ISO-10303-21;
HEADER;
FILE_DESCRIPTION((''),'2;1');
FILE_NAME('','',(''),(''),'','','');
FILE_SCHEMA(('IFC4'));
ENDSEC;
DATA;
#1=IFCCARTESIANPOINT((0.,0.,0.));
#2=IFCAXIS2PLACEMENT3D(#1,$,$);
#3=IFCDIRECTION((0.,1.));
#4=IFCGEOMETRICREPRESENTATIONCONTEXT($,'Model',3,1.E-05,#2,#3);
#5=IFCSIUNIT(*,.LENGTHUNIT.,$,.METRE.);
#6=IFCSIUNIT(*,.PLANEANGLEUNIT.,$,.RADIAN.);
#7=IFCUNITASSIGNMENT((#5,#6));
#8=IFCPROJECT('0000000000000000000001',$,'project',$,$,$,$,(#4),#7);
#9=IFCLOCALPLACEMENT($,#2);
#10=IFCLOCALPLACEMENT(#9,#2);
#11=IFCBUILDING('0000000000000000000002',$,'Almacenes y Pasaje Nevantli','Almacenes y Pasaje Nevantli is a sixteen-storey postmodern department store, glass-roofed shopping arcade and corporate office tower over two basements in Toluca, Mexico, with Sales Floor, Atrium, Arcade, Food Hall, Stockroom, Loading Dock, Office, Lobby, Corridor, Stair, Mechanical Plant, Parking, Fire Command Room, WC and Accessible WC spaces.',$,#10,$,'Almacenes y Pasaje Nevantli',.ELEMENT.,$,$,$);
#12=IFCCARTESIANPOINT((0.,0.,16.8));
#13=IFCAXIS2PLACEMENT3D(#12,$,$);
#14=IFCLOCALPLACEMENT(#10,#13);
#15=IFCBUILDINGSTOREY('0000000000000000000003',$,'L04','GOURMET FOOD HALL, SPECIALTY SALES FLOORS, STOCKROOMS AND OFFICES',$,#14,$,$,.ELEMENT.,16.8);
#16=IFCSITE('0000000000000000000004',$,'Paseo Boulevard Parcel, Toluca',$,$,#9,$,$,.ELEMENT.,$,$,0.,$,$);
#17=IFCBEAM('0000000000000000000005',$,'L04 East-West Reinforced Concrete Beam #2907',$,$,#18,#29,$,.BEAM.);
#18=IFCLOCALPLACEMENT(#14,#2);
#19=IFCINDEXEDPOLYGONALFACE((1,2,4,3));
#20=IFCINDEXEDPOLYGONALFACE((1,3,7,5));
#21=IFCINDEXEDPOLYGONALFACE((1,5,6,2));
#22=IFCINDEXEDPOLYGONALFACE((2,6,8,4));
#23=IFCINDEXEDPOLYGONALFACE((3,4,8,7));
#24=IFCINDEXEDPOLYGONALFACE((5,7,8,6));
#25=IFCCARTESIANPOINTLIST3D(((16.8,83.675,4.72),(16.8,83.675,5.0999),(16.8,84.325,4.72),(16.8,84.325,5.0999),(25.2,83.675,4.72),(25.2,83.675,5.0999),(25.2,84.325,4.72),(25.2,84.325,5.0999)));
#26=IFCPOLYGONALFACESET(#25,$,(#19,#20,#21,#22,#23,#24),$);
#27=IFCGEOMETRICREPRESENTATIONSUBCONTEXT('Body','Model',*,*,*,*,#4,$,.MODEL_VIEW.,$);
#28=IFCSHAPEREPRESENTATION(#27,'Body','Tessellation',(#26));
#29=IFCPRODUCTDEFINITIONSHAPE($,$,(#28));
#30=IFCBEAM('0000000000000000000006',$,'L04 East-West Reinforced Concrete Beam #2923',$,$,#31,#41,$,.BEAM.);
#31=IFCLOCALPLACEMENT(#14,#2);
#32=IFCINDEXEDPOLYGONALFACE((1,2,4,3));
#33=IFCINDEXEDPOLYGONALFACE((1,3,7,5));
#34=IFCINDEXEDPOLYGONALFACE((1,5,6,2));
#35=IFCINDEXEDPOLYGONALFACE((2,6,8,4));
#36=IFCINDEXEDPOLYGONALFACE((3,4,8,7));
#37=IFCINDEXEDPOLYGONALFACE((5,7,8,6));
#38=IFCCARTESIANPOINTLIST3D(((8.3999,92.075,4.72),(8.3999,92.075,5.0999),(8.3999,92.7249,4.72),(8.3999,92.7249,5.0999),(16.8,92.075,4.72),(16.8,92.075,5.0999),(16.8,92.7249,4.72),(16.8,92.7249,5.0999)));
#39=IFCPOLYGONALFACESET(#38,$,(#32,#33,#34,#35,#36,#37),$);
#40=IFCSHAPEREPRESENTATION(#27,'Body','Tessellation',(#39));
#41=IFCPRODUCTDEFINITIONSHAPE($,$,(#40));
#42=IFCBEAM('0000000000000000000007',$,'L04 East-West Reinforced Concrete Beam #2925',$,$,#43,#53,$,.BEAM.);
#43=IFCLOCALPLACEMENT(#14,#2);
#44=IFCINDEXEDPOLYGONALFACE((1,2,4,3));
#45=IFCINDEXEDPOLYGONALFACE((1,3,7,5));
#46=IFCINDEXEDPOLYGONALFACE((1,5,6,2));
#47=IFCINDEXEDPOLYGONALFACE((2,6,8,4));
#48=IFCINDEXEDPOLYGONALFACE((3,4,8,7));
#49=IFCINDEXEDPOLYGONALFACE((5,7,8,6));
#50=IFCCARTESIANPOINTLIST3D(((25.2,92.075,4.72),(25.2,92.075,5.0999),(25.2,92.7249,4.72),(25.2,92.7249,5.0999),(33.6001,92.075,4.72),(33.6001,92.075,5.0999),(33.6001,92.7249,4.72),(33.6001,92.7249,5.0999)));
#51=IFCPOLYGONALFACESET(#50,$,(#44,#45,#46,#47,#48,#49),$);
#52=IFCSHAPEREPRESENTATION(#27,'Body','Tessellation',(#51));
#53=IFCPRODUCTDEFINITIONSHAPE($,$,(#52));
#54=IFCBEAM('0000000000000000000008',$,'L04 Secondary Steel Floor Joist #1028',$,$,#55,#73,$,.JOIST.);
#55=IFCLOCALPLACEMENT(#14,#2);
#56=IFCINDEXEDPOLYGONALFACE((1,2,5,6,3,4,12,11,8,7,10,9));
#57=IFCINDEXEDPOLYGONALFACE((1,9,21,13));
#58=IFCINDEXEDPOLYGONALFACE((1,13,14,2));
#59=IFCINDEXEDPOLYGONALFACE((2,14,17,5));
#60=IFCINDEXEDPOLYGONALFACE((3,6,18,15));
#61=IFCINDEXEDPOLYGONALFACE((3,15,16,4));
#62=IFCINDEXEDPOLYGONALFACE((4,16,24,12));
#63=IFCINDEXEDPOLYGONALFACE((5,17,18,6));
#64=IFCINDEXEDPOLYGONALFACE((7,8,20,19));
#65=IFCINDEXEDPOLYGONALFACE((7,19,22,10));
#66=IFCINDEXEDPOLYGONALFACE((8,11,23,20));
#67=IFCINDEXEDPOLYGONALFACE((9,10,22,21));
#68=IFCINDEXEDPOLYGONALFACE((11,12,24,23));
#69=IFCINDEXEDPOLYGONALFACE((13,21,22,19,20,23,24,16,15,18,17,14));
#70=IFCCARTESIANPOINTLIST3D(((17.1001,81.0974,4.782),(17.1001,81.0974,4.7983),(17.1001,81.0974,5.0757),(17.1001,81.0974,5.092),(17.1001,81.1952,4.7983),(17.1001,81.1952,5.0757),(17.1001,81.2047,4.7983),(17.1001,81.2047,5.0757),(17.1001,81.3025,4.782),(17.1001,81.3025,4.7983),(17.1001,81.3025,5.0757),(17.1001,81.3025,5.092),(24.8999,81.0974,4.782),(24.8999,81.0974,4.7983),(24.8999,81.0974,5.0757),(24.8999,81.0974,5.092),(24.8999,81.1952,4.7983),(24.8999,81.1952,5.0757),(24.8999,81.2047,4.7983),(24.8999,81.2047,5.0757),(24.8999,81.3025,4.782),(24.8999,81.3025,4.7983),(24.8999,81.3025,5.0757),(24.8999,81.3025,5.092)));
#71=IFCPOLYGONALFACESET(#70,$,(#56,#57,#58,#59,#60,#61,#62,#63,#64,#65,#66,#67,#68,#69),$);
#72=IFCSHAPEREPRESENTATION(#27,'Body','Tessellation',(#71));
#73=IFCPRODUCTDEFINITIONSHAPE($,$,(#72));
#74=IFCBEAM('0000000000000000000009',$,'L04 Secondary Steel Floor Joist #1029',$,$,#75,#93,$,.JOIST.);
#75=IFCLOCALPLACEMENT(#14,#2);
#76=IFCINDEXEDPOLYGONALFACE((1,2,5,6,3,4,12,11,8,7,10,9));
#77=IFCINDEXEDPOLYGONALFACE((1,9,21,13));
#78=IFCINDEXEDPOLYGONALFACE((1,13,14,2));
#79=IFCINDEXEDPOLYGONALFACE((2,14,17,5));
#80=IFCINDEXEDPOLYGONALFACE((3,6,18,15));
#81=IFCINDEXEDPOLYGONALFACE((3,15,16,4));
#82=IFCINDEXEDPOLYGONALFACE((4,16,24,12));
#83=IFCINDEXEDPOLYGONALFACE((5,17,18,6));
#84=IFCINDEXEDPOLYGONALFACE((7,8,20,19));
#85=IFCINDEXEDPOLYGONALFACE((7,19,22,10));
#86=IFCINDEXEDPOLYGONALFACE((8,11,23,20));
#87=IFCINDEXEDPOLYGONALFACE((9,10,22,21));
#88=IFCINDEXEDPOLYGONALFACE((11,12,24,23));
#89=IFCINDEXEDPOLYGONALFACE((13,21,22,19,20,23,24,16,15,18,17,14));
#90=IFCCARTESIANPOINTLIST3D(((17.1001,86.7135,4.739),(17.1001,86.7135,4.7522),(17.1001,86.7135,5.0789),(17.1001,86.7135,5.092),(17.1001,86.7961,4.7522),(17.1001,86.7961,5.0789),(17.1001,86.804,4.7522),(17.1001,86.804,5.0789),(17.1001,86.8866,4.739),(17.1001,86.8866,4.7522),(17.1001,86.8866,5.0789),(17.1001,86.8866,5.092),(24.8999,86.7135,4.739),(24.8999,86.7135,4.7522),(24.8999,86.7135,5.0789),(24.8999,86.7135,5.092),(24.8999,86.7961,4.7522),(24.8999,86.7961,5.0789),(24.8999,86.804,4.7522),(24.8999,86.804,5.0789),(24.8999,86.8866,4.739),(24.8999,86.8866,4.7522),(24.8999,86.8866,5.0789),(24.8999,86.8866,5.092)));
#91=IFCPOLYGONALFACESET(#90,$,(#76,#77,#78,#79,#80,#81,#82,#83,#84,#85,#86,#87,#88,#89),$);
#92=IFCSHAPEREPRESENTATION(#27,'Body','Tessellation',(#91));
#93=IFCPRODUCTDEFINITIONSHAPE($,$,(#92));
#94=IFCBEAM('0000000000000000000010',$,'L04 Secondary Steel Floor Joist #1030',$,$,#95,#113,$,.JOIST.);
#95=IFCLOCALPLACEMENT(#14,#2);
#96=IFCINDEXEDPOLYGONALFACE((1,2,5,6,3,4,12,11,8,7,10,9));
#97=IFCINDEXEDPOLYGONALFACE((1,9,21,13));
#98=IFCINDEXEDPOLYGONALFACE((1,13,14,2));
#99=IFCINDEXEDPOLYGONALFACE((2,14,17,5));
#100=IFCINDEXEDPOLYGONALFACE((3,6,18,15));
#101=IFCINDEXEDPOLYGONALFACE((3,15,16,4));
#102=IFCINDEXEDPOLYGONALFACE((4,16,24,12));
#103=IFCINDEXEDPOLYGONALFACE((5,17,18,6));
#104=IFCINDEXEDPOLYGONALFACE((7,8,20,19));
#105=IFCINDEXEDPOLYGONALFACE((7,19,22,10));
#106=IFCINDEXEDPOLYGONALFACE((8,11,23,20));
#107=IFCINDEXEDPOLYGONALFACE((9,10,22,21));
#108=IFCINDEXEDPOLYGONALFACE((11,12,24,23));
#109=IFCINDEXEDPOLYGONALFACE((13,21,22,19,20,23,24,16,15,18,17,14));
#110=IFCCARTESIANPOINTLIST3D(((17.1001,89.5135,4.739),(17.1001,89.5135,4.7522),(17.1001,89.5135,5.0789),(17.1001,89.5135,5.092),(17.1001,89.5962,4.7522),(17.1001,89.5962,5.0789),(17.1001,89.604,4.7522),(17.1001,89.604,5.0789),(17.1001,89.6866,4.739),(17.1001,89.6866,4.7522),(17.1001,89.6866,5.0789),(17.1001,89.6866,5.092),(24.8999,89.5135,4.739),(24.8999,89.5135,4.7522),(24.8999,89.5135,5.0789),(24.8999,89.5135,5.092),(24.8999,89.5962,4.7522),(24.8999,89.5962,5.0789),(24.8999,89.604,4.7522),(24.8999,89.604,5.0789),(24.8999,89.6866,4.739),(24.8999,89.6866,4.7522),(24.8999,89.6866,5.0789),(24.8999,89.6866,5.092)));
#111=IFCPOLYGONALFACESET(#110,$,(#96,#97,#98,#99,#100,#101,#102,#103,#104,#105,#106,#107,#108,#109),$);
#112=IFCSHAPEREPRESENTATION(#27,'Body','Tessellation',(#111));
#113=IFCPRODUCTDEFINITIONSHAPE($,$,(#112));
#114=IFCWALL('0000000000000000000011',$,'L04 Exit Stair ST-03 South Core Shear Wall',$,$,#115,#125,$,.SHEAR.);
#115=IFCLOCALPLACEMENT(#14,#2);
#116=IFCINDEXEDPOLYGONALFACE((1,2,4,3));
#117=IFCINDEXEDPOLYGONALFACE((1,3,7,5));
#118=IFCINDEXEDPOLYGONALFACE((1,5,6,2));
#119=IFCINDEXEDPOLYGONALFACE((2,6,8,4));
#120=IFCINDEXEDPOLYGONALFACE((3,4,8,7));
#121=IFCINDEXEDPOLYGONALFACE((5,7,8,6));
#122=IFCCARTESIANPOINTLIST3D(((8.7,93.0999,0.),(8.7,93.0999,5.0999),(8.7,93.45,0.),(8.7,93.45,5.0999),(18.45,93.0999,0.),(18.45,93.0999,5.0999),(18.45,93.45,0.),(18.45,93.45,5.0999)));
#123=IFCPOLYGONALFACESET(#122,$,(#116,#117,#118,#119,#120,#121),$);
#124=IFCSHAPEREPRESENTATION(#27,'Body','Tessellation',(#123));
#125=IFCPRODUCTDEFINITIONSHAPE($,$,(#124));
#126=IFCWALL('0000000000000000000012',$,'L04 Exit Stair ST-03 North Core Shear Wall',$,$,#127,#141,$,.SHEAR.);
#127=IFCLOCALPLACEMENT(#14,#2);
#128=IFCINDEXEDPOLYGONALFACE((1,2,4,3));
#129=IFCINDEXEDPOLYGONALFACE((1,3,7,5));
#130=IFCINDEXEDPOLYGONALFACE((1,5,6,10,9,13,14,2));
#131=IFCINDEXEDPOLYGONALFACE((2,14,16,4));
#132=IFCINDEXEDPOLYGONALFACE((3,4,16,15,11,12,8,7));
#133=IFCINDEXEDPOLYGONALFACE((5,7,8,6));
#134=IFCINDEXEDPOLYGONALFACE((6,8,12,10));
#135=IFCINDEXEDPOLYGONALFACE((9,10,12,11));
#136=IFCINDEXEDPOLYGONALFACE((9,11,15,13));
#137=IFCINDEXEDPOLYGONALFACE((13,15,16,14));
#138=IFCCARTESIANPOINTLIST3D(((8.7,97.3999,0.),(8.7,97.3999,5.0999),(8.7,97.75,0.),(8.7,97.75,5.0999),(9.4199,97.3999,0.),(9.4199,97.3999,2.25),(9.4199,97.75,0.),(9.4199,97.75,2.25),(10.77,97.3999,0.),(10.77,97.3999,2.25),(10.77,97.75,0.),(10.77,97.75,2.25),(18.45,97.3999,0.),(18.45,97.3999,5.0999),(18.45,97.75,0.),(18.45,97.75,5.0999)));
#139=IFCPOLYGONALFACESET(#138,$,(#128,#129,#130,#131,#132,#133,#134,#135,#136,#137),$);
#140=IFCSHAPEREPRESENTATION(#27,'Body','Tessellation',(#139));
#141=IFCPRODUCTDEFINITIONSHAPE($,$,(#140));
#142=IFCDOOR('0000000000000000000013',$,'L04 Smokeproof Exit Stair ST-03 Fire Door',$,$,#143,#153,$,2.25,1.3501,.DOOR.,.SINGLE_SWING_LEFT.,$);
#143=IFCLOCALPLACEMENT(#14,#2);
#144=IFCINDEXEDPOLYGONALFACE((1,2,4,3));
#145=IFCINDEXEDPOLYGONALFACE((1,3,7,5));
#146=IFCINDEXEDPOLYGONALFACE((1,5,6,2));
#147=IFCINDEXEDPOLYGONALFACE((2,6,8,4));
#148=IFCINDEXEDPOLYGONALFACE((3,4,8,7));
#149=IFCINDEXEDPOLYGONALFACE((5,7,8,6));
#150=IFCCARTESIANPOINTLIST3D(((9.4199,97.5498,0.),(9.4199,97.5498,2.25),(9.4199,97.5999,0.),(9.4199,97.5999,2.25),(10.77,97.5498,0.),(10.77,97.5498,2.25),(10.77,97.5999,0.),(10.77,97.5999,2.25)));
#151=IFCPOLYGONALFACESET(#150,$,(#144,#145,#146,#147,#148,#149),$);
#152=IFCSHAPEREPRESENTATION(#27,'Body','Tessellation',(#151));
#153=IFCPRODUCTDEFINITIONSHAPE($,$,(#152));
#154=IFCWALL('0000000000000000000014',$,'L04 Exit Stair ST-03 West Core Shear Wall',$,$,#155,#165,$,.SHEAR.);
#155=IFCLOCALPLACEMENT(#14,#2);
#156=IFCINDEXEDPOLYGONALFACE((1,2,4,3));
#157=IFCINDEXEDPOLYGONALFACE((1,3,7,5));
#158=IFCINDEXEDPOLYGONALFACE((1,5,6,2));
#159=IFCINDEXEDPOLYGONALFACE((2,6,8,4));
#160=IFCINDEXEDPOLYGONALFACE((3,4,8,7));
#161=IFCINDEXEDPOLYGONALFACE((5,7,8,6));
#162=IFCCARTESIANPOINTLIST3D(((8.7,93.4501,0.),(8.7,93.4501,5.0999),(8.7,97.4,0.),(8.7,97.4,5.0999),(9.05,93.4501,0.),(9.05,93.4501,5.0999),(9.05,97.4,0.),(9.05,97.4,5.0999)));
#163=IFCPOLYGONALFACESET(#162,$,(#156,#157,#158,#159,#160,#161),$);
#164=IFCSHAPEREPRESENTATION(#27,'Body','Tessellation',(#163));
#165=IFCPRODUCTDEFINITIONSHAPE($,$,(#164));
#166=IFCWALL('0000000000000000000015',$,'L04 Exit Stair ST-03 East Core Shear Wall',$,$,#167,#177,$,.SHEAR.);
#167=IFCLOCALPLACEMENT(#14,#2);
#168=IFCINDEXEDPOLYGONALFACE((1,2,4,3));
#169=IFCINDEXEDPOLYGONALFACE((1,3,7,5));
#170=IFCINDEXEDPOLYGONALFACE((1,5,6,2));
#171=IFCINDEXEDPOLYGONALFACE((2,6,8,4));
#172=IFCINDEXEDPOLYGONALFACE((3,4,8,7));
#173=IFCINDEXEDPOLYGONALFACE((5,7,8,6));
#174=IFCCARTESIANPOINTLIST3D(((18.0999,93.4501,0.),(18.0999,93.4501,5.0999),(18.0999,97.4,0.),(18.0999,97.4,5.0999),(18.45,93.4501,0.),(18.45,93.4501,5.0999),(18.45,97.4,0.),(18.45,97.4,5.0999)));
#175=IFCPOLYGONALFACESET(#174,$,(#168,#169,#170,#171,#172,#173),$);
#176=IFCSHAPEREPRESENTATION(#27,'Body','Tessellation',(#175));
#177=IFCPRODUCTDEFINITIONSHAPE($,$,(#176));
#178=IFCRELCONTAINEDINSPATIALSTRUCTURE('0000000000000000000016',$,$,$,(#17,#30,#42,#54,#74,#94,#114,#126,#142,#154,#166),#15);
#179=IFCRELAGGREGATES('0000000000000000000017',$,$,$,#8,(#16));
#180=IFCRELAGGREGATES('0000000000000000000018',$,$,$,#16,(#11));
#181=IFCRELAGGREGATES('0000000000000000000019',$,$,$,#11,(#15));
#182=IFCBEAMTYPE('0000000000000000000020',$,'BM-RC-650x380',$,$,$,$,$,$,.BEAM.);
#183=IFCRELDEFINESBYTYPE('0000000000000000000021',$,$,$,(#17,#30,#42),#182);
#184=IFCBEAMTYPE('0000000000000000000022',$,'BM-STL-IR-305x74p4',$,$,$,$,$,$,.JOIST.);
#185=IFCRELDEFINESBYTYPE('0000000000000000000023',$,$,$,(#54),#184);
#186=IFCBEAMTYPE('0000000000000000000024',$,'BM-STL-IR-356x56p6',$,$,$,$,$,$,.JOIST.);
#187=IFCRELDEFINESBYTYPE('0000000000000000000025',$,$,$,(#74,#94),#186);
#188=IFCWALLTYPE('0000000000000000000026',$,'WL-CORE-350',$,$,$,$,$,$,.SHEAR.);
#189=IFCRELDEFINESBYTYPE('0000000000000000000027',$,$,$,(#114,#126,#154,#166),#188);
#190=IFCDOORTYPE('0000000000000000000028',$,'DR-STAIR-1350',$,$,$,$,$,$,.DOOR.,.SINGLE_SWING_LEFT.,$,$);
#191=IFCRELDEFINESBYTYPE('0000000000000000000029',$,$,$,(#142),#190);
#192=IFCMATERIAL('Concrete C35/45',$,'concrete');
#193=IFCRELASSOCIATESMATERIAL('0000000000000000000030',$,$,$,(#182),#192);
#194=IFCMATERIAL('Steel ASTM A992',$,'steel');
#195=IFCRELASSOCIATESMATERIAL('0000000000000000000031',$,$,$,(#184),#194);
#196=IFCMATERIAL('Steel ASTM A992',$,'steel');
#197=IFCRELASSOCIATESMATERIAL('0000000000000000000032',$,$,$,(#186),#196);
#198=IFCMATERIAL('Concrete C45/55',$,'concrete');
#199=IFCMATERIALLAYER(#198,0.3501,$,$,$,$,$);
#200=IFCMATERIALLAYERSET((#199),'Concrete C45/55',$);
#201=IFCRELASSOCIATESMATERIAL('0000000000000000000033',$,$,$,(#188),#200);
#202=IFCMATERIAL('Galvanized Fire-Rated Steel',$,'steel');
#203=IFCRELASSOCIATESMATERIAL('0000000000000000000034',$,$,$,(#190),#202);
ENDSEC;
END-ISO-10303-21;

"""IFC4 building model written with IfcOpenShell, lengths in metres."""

from ifc_helpers import new_model, si_unit, direction, frame, frame_2d, origin, origin_2d, place, context, subcontext, project, spatial, rectangle, i_section, extrude, material, layer, layer_set, material_profile, profile_set, type_object, element, fill, save


model = new_model("IFC4")

# Units and contexts
model_context = context("Model", 3, precision=1e-05, world=origin(), true_north=direction((0.0, 1.0)))
body_context = subcontext(model_context, "Body", "Model", "MODEL_VIEW")
ifc_project = project(units=[si_unit("LENGTHUNIT", "METRE"), si_unit("PLANEANGLEUNIT", "RADIAN")], contexts=[model_context])

# Site, building, storey
site_placement = place(None, origin())
site = spatial("IfcSite", under=ifc_project, at=site_placement, Name="Paseo Boulevard Parcel, Toluca", CompositionType="ELEMENT", RefElevation=0.0)
building_placement = place(site_placement, origin())
building = spatial("IfcBuilding", under=site, at=building_placement, Name="Almacenes y Pasaje Nevantli", Description="Almacenes y Pasaje Nevantli is a sixteen-storey postmodern department store, glass-roofed shopping arcade and corporate office tower over two basements in Toluca, Mexico, with Sales Floor, Atrium, Arcade, Food Hall, Stockroom, Loading Dock, Office, Lobby, Corridor, Stair, Mechanical Plant, Parking, Fire Command Room, WC and Accessible WC spaces.", LongName="Almacenes y Pasaje Nevantli", CompositionType="ELEMENT")
storey_placement = place(building_placement, frame((0.0, 0.0, 16.8)))
storey = spatial("IfcBuildingStorey", under=building, at=storey_placement, Name="L04", Description="GOURMET FOOD HALL, SPECIALTY SALES FLOORS, STOCKROOMS AND OFFICES", CompositionType="ELEMENT", Elevation=16.8)

# Beams
ifc_material_1 = material(Name="Concrete C35/45", Category="concrete")
ifc_material_profile_1 = material_profile(ifc_material_1, rectangle(XDim=0.6499, YDim=0.3799, at=origin_2d()), Name="RC-BM-650x380")
ifc_profile_set_1 = profile_set([ifc_material_profile_1], Name="Concrete C35/45")
beam_type_1 = type_object("IfcBeamType", Name="BM-RC-650x380", PredefinedType="BEAM", material=ifc_profile_set_1)
beam_1_placement = place(storey_placement, frame((16.8, 84.0, 4.9099), z_axis=(1.0, 0.0, 0.0), x_axis=(0.0, 1.0, 0.0)))
element("IfcBeam", 1, at=beam_1_placement, inside=storey, type_object=beam_type_1, Name="L04 East-West Reinforced Concrete Beam #2907", PredefinedType="BEAM", context=body_context, shape_type="SweptSolid", body=[
    extrude(rectangle(XDim=0.6499, YDim=0.3799, at=origin_2d()), origin(), (0.0, 0.0, 1.0), 8.3999),
])
for number, where, z_axis, x_axis, name in (
    (2, (8.3999, 92.3999, 4.9099), (1.0, 0.0, 0.0), (0.0, 1.0, 0.0), "L04 East-West Reinforced Concrete Beam #2923"),
    (3, (25.2, 92.3999, 4.9099), (1.0, 0.0, 0.0), (0.0, 1.0, 0.0), "L04 East-West Reinforced Concrete Beam #2925"),
):
    element("IfcBeam", number, at=place(storey_placement, frame(where, z_axis=z_axis, x_axis=x_axis)), inside=storey, type_object=beam_type_1, Name=name, PredefinedType="BEAM", context=body_context, shape_type="SweptSolid", body=[
        extrude(rectangle(XDim=0.6499, YDim=0.3799, at=origin_2d()), origin(), (0.0, 0.0, 1.0), 8.4001),
    ])
ifc_material_2 = material(Name="Steel ASTM A992", Category="steel")
ifc_material_profile_2 = material_profile(ifc_material_2, i_section(OverallWidth=0.2051, OverallDepth=0.3101, WebThickness=0.0095, FlangeThickness=0.0164, at=origin_2d()), Name="IR 305x74.4")
ifc_profile_set_2 = profile_set([ifc_material_profile_2], Name="Steel ASTM A992")
beam_type_2 = type_object("IfcBeamType", Name="BM-STL-IR-305x74p4", PredefinedType="JOIST", material=ifc_profile_set_2)
beam_2_placement = place(storey_placement, frame((17.1001, 81.2, 4.937), z_axis=(1.0, 0.0, 0.0), x_axis=(0.0, 1.0, 0.0)))
element("IfcBeam", 4, at=beam_2_placement, inside=storey, type_object=beam_type_2, Name="L04 Secondary Steel Floor Joist #1028", PredefinedType="JOIST", context=body_context, shape_type="SweptSolid", body=[
    extrude(i_section(OverallWidth=0.2051, OverallDepth=0.3101, WebThickness=0.0095, FlangeThickness=0.0164, at=origin_2d()), origin(), (0.0, 0.0, 1.0), 7.7998),
])
ifc_material_3 = material(Name="Steel ASTM A992", Category="steel")
ifc_material_profile_3 = material_profile(ifc_material_3, i_section(OverallWidth=0.1731, OverallDepth=0.353, WebThickness=0.0078, FlangeThickness=0.0132, at=origin_2d()), Name="IR 356x56.6")
ifc_profile_set_3 = profile_set([ifc_material_profile_3], Name="Steel ASTM A992")
beam_type_3 = type_object("IfcBeamType", Name="BM-STL-IR-356x56p6", PredefinedType="JOIST", material=ifc_profile_set_3)
for number, where, z_axis, x_axis, name in (
    (5, (17.1001, 86.8, 4.9155), (1.0, 0.0, 0.0), (0.0, 1.0, 0.0), "L04 Secondary Steel Floor Joist #1029"),
    (6, (17.1001, 89.6001, 4.9155), (1.0, 0.0, 0.0), (0.0, 1.0, 0.0), "L04 Secondary Steel Floor Joist #1030"),
):
    element("IfcBeam", number, at=place(storey_placement, frame(where, z_axis=z_axis, x_axis=x_axis)), inside=storey, type_object=beam_type_3, Name=name, PredefinedType="JOIST", context=body_context, shape_type="SweptSolid", body=[
        extrude(i_section(OverallWidth=0.1731, OverallDepth=0.353, WebThickness=0.0078, FlangeThickness=0.0132, at=origin_2d()), origin(), (0.0, 0.0, 1.0), 7.7998),
    ])

# Wall
ifc_material_4 = material(Name="Concrete C45/55", Category="concrete")
ifc_layer_1 = layer(ifc_material_4, 0.3501)
ifc_layer_set_1 = layer_set([ifc_layer_1], Name="Concrete C45/55")
wall_type = type_object("IfcWallType", Name="WL-CORE-350", PredefinedType="SHEAR", material=ifc_layer_set_1)
wall_1_placement = place(storey_placement, frame((8.7, 93.2749, 0.0), z_axis=(0.0, 0.0, 1.0), x_axis=(1.0, 0.0, 0.0)))
element("IfcWall", 7, at=wall_1_placement, inside=storey, type_object=wall_type, Name="L04 Exit Stair ST-03 South Core Shear Wall", PredefinedType="SHEAR", context=body_context, shape_type="SweptSolid", body=[
    extrude(rectangle(XDim=9.75, YDim=0.3501, at=frame_2d((4.875, 0.0))), origin(), (0.0, 0.0, 1.0), 5.0999),
])

# Wall, opening, door
wall_2_placement = place(storey_placement, frame((8.7, 97.575, 0.0), z_axis=(0.0, 0.0, 1.0), x_axis=(1.0, 0.0, 0.0)))
wall_2 = element("IfcWall", 8, at=wall_2_placement, inside=storey, type_object=wall_type, Name="L04 Exit Stair ST-03 North Core Shear Wall", PredefinedType="SHEAR", context=body_context, shape_type="SweptSolid", body=[
    extrude(rectangle(XDim=9.75, YDim=0.3501, at=frame_2d((4.875, 0.0))), origin(), (0.0, 0.0, 1.0), 5.0999),
])
opening_placement = place(wall_2_placement, frame((0.72, 0.0, 0.0)))
opening = element("IfcOpeningElement", 9, at=opening_placement, cuts=wall_2, PredefinedType="OPENING", context=body_context, shape_type="SweptSolid", body=[
    extrude(rectangle(XDim=1.3501, YDim=2.25, at=frame_2d((0.675, 1.125))), frame((0.0, 0.1851, 0.0), z_axis=(0.0, -1.0, 0.0), x_axis=(1.0, 0.0, 0.0)), (0.0, 0.0, 1.0), 0.3701),
])
ifc_material_5 = material(Name="Galvanized Fire-Rated Steel", Category="steel")
door_type = type_object("IfcDoorType", Name="DR-STAIR-1350", OperationType="SINGLE_SWING_LEFT", PredefinedType="DOOR", material=ifc_material_5)
door_placement = place(opening_placement, origin())
door = element("IfcDoor", 10, at=door_placement, inside=storey, type_object=door_type, Name="L04 Smokeproof Exit Stair ST-03 Fire Door", OperationType="SINGLE_SWING_LEFT", OverallHeight=2.25, OverallWidth=1.3501, PredefinedType="DOOR", context=body_context, shape_type="SweptSolid", body=[
    extrude(rectangle(XDim=1.3501, YDim=2.25, at=frame_2d((0.675, 1.125))), frame((0.0, 0.0249, 0.0), z_axis=(0.0, -1.0, 0.0), x_axis=(1.0, 0.0, 0.0)), (0.0, 0.0, 1.0), 0.05),
])
fill(opening, door)

# Walls
for number, where, z_axis, x_axis, name in (
    (11, (8.875, 93.45, 0.0), (0.0, 0.0, 1.0), (0.0, 1.0, 0.0), "L04 Exit Stair ST-03 West Core Shear Wall"),
    (12, (18.2749, 93.45, 0.0), (0.0, 0.0, 1.0), (0.0, 1.0, 0.0), "L04 Exit Stair ST-03 East Core Shear Wall"),
):
    element("IfcWall", number, at=place(storey_placement, frame(where, z_axis=z_axis, x_axis=x_axis)), inside=storey, type_object=wall_type, Name=name, PredefinedType="SHEAR", context=body_context, shape_type="SweptSolid", body=[
        extrude(rectangle(XDim=3.95, YDim=0.3501, at=frame_2d((1.9751, 0.0))), origin(), (0.0, 0.0, 1.0), 5.0999),
    ])

save(model, "model.ifc")
